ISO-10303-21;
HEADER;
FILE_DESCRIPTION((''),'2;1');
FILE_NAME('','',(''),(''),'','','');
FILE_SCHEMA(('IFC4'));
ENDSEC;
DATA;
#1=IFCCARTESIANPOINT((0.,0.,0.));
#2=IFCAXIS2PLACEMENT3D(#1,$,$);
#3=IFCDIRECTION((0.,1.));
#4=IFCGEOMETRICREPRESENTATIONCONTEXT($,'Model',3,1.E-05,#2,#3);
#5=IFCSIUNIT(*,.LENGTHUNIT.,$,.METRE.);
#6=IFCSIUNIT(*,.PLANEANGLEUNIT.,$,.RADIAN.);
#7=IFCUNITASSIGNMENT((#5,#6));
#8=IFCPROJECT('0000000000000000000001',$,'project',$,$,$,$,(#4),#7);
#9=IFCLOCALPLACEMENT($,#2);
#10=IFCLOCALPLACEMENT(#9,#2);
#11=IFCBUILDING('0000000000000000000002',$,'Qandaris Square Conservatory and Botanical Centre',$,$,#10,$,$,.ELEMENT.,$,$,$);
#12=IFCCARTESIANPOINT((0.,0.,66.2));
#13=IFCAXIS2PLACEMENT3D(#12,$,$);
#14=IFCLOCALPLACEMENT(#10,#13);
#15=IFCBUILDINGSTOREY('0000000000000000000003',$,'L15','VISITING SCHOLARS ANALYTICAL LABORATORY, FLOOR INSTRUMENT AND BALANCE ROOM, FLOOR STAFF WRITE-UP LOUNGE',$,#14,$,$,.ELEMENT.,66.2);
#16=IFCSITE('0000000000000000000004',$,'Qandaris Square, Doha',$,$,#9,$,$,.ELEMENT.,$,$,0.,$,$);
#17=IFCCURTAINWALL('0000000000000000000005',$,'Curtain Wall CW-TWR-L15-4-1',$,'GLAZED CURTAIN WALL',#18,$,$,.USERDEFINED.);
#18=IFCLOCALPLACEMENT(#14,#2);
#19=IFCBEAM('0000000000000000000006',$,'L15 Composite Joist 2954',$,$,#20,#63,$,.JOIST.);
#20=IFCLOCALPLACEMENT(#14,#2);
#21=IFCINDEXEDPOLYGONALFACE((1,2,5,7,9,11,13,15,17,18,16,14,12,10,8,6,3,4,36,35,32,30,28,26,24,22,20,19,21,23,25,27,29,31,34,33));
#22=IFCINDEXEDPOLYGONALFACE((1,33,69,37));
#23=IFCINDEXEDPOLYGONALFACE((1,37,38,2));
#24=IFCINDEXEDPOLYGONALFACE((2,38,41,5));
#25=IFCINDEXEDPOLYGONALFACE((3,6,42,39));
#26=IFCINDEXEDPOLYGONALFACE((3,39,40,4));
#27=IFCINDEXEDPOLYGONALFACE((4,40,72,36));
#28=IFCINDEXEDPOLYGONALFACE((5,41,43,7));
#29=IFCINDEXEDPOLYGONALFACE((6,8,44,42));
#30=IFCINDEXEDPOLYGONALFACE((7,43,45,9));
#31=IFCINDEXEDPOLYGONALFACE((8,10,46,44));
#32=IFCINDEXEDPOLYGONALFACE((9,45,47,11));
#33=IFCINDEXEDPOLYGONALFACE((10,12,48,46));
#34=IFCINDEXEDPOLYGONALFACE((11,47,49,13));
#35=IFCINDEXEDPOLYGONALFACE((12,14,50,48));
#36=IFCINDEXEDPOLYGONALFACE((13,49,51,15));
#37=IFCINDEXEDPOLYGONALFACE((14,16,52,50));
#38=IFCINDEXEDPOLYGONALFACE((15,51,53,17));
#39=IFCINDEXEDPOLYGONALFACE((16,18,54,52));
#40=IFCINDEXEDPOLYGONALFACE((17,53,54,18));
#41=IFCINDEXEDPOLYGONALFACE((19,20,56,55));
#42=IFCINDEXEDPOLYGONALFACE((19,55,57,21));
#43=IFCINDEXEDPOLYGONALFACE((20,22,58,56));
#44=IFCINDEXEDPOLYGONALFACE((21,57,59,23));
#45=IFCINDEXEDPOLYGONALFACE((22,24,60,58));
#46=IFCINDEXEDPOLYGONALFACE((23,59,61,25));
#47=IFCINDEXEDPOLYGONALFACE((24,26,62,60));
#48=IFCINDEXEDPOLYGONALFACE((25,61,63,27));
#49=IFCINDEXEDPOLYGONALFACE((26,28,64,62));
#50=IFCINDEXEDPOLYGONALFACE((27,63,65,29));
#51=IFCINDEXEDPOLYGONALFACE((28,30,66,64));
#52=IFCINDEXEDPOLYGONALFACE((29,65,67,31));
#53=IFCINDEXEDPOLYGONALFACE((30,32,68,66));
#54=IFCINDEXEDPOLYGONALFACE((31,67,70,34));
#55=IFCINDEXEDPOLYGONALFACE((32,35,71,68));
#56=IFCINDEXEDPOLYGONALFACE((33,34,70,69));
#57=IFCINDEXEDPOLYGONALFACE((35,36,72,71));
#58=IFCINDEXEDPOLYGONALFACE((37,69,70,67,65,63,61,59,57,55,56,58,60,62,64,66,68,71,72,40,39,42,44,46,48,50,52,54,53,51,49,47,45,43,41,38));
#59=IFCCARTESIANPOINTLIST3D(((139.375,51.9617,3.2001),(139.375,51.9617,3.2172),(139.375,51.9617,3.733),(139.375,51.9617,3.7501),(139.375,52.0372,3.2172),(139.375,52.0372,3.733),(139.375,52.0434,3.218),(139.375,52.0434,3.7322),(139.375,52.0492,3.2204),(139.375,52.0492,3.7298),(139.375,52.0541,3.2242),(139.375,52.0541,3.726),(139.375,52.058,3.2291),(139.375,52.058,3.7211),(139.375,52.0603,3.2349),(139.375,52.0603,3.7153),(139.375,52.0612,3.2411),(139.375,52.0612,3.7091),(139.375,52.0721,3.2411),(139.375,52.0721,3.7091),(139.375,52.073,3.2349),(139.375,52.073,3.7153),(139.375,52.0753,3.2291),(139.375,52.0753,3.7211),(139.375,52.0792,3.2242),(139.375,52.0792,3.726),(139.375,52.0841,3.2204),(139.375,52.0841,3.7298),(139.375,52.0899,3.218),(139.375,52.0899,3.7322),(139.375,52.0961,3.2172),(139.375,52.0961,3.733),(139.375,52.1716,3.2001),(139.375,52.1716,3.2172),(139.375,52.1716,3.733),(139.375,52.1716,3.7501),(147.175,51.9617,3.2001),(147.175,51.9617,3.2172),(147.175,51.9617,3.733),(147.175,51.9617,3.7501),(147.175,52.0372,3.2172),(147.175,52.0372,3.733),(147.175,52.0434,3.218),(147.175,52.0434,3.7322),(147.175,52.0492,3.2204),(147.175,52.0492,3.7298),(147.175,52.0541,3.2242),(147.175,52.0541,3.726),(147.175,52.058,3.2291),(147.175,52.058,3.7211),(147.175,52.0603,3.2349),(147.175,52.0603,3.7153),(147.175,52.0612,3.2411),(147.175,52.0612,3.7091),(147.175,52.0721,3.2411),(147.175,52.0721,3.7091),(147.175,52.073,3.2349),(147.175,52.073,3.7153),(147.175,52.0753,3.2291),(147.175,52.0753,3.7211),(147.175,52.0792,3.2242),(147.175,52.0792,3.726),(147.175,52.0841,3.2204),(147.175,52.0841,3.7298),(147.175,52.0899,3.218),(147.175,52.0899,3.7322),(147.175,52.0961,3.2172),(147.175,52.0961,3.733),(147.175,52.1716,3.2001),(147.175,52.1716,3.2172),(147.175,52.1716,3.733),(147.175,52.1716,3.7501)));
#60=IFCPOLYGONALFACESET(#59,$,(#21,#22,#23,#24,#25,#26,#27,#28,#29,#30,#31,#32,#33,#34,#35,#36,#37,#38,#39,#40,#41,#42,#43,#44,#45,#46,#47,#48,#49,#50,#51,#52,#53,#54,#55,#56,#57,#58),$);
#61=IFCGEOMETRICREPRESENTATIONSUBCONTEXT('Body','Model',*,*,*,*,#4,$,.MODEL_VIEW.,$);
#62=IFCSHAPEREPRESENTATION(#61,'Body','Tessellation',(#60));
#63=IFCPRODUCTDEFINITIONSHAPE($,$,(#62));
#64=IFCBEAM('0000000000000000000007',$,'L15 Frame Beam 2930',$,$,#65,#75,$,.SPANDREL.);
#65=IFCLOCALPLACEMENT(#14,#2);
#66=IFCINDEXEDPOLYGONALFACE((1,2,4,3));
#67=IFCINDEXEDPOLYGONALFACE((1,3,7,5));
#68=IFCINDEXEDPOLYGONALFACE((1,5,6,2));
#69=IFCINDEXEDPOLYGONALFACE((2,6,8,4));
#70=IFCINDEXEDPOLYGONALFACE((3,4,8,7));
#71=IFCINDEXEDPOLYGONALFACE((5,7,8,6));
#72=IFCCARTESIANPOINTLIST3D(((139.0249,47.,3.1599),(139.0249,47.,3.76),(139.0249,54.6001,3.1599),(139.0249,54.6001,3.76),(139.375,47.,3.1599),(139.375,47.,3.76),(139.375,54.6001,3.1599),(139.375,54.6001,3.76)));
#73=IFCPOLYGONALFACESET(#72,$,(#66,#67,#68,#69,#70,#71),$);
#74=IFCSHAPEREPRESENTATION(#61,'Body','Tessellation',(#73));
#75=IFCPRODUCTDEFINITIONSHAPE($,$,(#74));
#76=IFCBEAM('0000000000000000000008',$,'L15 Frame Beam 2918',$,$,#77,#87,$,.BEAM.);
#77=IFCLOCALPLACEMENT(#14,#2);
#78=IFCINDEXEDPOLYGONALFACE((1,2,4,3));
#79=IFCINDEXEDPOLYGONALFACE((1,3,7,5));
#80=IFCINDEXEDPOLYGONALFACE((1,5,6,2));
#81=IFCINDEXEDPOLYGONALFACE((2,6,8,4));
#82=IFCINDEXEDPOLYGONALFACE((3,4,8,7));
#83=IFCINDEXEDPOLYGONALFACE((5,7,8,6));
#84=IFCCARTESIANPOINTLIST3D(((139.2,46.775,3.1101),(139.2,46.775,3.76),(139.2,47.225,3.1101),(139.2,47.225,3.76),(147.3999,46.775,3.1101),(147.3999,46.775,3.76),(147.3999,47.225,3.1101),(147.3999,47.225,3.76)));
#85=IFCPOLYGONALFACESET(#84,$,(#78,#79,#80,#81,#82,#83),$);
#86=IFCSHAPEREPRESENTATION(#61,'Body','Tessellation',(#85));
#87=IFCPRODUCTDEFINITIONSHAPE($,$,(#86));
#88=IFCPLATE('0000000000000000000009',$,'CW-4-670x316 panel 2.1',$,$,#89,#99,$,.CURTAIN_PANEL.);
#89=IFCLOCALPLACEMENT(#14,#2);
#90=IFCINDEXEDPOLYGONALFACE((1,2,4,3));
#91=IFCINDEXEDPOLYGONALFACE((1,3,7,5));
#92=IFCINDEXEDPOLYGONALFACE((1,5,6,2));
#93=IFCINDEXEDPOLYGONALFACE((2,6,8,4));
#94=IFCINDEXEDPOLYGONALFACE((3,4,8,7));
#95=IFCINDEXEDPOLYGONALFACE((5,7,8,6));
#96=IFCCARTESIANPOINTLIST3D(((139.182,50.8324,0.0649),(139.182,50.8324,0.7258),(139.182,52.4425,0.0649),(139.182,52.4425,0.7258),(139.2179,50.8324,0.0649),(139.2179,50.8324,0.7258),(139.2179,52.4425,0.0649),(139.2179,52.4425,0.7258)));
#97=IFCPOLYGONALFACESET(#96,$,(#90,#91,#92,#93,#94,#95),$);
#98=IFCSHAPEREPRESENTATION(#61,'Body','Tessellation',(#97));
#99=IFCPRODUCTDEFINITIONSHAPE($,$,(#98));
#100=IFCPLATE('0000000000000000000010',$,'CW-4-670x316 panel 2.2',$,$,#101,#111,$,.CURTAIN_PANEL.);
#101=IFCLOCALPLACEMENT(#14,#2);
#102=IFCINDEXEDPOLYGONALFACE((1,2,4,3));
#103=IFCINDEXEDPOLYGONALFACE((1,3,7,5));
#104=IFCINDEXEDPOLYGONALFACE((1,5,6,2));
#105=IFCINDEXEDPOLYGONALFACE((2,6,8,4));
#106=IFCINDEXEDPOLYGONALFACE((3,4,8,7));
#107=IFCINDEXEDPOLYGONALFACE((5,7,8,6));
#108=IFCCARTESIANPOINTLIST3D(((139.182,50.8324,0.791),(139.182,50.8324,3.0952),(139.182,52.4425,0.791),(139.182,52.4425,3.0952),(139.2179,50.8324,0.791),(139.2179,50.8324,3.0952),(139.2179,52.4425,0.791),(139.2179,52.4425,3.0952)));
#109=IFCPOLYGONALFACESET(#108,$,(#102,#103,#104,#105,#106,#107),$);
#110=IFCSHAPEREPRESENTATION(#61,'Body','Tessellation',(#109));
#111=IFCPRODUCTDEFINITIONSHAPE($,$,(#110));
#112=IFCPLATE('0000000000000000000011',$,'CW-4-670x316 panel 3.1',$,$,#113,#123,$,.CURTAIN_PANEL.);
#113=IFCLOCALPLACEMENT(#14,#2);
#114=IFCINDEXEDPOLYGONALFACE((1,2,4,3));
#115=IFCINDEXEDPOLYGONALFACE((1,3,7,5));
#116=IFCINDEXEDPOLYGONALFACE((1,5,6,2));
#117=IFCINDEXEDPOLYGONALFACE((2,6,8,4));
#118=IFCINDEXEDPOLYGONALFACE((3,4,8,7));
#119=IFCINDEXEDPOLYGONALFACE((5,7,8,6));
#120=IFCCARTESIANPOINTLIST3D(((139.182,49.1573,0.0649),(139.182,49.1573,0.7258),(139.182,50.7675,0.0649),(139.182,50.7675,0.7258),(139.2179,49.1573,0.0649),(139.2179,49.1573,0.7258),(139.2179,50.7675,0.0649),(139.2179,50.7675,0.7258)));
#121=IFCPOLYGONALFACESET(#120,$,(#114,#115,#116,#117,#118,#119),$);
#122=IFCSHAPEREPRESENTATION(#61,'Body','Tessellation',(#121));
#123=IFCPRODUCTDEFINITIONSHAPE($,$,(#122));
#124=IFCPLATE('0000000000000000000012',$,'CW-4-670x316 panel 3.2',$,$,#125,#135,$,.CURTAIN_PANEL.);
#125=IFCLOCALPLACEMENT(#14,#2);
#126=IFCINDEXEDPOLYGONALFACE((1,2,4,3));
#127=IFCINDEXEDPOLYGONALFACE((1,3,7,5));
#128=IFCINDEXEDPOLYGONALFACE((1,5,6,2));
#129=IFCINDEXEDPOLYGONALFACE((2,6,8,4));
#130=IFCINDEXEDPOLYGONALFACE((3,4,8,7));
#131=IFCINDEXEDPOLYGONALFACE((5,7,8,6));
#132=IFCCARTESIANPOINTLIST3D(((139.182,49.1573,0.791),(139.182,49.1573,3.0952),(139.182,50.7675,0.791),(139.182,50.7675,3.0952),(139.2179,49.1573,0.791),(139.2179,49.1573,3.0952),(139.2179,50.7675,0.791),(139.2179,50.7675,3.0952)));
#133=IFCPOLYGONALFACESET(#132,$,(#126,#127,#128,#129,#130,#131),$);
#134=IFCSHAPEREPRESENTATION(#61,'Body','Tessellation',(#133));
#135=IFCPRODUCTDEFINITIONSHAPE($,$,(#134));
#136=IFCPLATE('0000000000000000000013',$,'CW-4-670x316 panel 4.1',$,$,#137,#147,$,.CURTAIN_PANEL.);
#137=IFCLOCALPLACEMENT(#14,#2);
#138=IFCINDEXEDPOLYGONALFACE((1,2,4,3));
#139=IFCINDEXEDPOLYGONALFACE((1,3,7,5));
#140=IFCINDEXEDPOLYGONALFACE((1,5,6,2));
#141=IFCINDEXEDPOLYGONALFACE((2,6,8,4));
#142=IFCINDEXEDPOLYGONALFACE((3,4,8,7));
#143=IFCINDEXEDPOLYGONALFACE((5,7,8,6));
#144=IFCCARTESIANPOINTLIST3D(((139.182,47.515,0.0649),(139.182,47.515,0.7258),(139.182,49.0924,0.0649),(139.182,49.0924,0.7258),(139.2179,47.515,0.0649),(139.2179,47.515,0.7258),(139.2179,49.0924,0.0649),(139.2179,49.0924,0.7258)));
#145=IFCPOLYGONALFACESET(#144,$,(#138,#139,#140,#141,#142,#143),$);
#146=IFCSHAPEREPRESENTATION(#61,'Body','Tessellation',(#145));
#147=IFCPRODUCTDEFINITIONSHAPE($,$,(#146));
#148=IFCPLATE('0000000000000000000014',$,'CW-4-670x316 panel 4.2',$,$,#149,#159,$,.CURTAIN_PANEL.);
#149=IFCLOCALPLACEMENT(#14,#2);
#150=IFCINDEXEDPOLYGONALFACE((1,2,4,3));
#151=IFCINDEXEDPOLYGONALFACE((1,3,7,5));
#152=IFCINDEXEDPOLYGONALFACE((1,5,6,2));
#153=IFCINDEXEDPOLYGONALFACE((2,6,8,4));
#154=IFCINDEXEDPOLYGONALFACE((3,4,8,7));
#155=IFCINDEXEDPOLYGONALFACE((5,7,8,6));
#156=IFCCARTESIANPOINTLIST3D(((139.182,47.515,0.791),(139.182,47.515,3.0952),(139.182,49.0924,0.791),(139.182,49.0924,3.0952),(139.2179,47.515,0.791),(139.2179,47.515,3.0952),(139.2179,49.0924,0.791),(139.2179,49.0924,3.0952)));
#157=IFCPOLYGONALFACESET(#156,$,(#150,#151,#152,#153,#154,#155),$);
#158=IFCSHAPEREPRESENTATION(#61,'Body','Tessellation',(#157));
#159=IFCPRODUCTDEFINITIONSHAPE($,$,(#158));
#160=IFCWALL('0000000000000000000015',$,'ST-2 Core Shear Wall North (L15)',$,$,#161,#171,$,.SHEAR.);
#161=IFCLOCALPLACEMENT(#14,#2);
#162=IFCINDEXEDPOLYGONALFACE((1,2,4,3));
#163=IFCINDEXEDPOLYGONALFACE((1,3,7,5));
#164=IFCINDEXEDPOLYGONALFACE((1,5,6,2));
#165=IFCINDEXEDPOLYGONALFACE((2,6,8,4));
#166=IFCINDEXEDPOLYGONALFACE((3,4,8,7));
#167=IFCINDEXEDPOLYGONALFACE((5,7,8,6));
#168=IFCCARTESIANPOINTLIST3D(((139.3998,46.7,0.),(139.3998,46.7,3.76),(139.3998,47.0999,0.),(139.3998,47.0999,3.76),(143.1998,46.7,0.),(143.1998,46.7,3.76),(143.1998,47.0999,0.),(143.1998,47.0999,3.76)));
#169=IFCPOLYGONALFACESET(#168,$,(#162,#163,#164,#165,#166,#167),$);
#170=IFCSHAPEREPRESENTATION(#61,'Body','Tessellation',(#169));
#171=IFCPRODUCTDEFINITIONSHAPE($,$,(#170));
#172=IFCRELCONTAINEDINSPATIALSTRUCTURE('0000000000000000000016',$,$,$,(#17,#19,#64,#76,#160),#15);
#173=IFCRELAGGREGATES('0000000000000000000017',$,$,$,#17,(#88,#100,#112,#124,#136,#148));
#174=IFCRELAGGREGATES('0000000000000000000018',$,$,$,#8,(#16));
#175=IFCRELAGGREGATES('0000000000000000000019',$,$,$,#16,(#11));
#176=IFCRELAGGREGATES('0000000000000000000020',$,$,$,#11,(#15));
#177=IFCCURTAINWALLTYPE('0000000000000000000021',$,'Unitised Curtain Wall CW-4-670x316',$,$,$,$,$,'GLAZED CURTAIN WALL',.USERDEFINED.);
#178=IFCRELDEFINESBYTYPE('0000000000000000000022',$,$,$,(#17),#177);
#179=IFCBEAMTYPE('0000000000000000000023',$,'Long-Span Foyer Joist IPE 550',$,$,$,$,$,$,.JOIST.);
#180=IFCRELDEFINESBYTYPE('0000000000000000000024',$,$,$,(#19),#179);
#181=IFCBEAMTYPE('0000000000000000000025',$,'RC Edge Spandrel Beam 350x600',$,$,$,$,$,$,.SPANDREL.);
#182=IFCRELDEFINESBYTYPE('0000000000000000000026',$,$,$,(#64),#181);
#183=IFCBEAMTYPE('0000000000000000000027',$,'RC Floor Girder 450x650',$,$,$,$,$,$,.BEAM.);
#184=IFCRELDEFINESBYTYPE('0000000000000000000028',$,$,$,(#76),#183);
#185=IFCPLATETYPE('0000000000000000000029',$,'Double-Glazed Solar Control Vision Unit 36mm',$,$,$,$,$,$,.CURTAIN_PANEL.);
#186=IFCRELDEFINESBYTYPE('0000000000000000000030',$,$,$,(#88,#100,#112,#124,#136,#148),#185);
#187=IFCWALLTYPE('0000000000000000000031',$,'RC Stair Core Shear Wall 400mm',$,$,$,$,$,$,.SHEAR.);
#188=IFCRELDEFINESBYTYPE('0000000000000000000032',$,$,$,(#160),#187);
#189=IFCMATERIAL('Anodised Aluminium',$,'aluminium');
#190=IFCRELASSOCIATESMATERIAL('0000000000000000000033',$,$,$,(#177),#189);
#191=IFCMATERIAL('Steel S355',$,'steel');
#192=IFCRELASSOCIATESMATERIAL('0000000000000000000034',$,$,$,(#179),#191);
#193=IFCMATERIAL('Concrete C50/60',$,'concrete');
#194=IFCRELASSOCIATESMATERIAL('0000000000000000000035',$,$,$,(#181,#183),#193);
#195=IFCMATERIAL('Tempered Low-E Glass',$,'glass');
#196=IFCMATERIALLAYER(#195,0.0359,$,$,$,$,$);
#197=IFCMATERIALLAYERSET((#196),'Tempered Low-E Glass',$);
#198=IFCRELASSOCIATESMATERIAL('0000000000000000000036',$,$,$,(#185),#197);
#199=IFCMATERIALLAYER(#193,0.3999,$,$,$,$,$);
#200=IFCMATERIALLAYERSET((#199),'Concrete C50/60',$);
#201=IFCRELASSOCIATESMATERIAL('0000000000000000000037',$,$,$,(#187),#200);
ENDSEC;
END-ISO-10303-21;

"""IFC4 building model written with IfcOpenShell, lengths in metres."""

from ifc_helpers import new_model, si_unit, direction, frame, frame_2d, origin, origin_2d, place, context, subcontext, project, spatial, rectangle, i_section, extrude, material, layer, layer_set, material_profile, profile_set, type_object, element, aggregate, save


model = new_model("IFC4")

# Units and contexts
model_context = context("Model", 3, precision=1e-05, world=origin(), true_north=direction((0.0, 1.0)))
body_context = subcontext(model_context, "Body", "Model", "MODEL_VIEW")
ifc_project = project(units=[si_unit("LENGTHUNIT", "METRE"), si_unit("PLANEANGLEUNIT", "RADIAN")], contexts=[model_context])

# Site, building, storey
site_placement = place(None, origin())
site = spatial("IfcSite", under=ifc_project, at=site_placement, Name="Qandaris Square, Doha", CompositionType="ELEMENT", RefElevation=0.0)
building_placement = place(site_placement, origin())
building = spatial("IfcBuilding", under=site, at=building_placement, Name="Qandaris Square Conservatory and Botanical Centre", CompositionType="ELEMENT")
storey_placement = place(building_placement, frame((0.0, 0.0, 66.2)))
storey = spatial("IfcBuildingStorey", under=building, at=storey_placement, Name="L15", Description="VISITING SCHOLARS ANALYTICAL LABORATORY, FLOOR INSTRUMENT AND BALANCE ROOM, FLOOR STAFF WRITE-UP LOUNGE", CompositionType="ELEMENT", Elevation=66.2)

# Shared definitions
ifc_material_1 = material(Name="Steel S355", Category="steel")

# Curtain wall
ifc_material_2 = material(Name="Anodised Aluminium", Category="aluminium")
curtain_wall_type = type_object("IfcCurtainWallType", Name="Unitised Curtain Wall CW-4-670x316", ElementType="GLAZED CURTAIN WALL", PredefinedType="USERDEFINED", material=ifc_material_2)
curtain_wall_placement = place(storey_placement, origin())
curtain_wall = element("IfcCurtainWall", 1, at=curtain_wall_placement, inside=storey, type_object=curtain_wall_type, Name="Curtain Wall CW-TWR-L15-4-1", ObjectType="GLAZED CURTAIN WALL", PredefinedType="USERDEFINED")

# Beams
ifc_material_profile_1 = material_profile(ifc_material_1, i_section(OverallWidth=0.21, OverallDepth=0.55, WebThickness=0.011, FlangeThickness=0.0171, FilletRadius=0.0239, at=origin_2d()), Name="IPE 550")
ifc_profile_set_1 = profile_set([ifc_material_profile_1], Name="Steel S355")
beam_type_1 = type_object("IfcBeamType", Name="Long-Span Foyer Joist IPE 550", PredefinedType="JOIST", material=ifc_profile_set_1)
beam_1_placement = place(storey_placement, frame((139.375, 52.0667, 3.4751), z_axis=(1.0, 0.0, 0.0), x_axis=(0.0, 1.0, 0.0)))
element("IfcBeam", 2, at=beam_1_placement, inside=storey, type_object=beam_type_1, Name="L15 Composite Joist 2954", PredefinedType="JOIST", context=body_context, shape_type="SweptSolid", body=[
    extrude(i_section(OverallWidth=0.21, OverallDepth=0.55, WebThickness=0.011, FlangeThickness=0.0171, FilletRadius=0.0239, at=origin_2d()), origin(), (0.0, 0.0, 1.0), 7.8),
])
ifc_material_3 = material(Name="Concrete C50/60", Category="concrete")
ifc_material_profile_2 = material_profile(ifc_material_3, rectangle(XDim=0.3501, YDim=0.6001, at=origin_2d()), Name="RC-SP 350x600")
ifc_profile_set_2 = profile_set([ifc_material_profile_2], Name="Concrete C50/60")
beam_type_2 = type_object("IfcBeamType", Name="RC Edge Spandrel Beam 350x600", PredefinedType="SPANDREL", material=ifc_profile_set_2)
beam_2_placement = place(storey_placement, frame((139.2, 47.0, 3.46), z_axis=(0.0, 1.0, 0.0), x_axis=(-1.0, 0.0, 0.0)))
element("IfcBeam", 3, at=beam_2_placement, inside=storey, type_object=beam_type_2, Name="L15 Frame Beam 2930", PredefinedType="SPANDREL", context=body_context, shape_type="SweptSolid", body=[
    extrude(rectangle(XDim=0.3501, YDim=0.6001, at=origin_2d()), origin(), (0.0, 0.0, 1.0), 7.6001),
])
ifc_material_profile_3 = material_profile(ifc_material_3, rectangle(XDim=0.45, YDim=0.6499, at=origin_2d()), Name="RC-BM 450x650")
ifc_profile_set_3 = profile_set([ifc_material_profile_3], Name="Concrete C50/60")
beam_type_3 = type_object("IfcBeamType", Name="RC Floor Girder 450x650", PredefinedType="BEAM", material=ifc_profile_set_3)
beam_3_placement = place(storey_placement, frame((139.2, 47.0, 3.4351), z_axis=(1.0, 0.0, 0.0), x_axis=(0.0, 1.0, 0.0)))
element("IfcBeam", 4, at=beam_3_placement, inside=storey, type_object=beam_type_3, Name="L15 Frame Beam 2918", PredefinedType="BEAM", context=body_context, shape_type="SweptSolid", body=[
    extrude(rectangle(XDim=0.45, YDim=0.6499, at=origin_2d()), origin(), (0.0, 0.0, 1.0), 8.2),
])

# Plates
ifc_material_4 = material(Name="Tempered Low-E Glass", Category="glass")
ifc_layer_1 = layer(ifc_material_4, 0.0359)
ifc_layer_set_1 = layer_set([ifc_layer_1], Name="Tempered Low-E Glass")
plate_type = type_object("IfcPlateType", Name="Double-Glazed Solar Control Vision Unit 36mm", PredefinedType="CURTAIN_PANEL", material=ifc_layer_set_1)
plate_1_placement = place(storey_placement, frame((139.2, 51.6375, 0.0649), z_axis=(0.0, 0.0, 1.0), x_axis=(0.0, -1.0, 0.0)))
plate_1 = element("IfcPlate", 5, at=plate_1_placement, type_object=plate_type, Name="CW-4-670x316 panel 2.1", PredefinedType="CURTAIN_PANEL", context=body_context, shape_type="SweptSolid", body=[
    extrude(rectangle(XDim=1.6101, YDim=0.0359, at=origin_2d()), origin(), (0.0, 0.0, 1.0), 0.6609),
])
plate_2_placement = place(storey_placement, frame((139.2, 51.6375, 0.791), z_axis=(0.0, 0.0, 1.0), x_axis=(0.0, -1.0, 0.0)))
plate_2 = element("IfcPlate", 6, at=plate_2_placement, type_object=plate_type, Name="CW-4-670x316 panel 2.2", PredefinedType="CURTAIN_PANEL", context=body_context, shape_type="SweptSolid", body=[
    extrude(rectangle(XDim=1.6101, YDim=0.0359, at=origin_2d()), origin(), (0.0, 0.0, 1.0), 2.3042),
])
plate_3_placement = place(storey_placement, frame((139.2, 49.9624, 0.0649), z_axis=(0.0, 0.0, 1.0), x_axis=(0.0, -1.0, 0.0)))
plate_3 = element("IfcPlate", 7, at=plate_3_placement, type_object=plate_type, Name="CW-4-670x316 panel 3.1", PredefinedType="CURTAIN_PANEL", context=body_context, shape_type="SweptSolid", body=[
    extrude(rectangle(XDim=1.6101, YDim=0.0359, at=origin_2d()), origin(), (0.0, 0.0, 1.0), 0.6609),
])
plate_4_placement = place(storey_placement, frame((139.2, 49.9624, 0.791), z_axis=(0.0, 0.0, 1.0), x_axis=(0.0, -1.0, 0.0)))
plate_4 = element("IfcPlate", 8, at=plate_4_placement, type_object=plate_type, Name="CW-4-670x316 panel 3.2", PredefinedType="CURTAIN_PANEL", context=body_context, shape_type="SweptSolid", body=[
    extrude(rectangle(XDim=1.6101, YDim=0.0359, at=origin_2d()), origin(), (0.0, 0.0, 1.0), 2.3042),
])
plate_5_placement = place(storey_placement, frame((139.2, 48.3037, 0.0649), z_axis=(0.0, 0.0, 1.0), x_axis=(0.0, -1.0, 0.0)))
plate_5 = element("IfcPlate", 9, at=plate_5_placement, type_object=plate_type, Name="CW-4-670x316 panel 4.1", PredefinedType="CURTAIN_PANEL", context=body_context, shape_type="SweptSolid", body=[
    extrude(rectangle(XDim=1.5774, YDim=0.0359, at=origin_2d()), origin(), (0.0, 0.0, 1.0), 0.6609),
])
plate_6_placement = place(storey_placement, frame((139.2, 48.3037, 0.791), z_axis=(0.0, 0.0, 1.0), x_axis=(0.0, -1.0, 0.0)))
plate_6 = element("IfcPlate", 10, at=plate_6_placement, type_object=plate_type, Name="CW-4-670x316 panel 4.2", PredefinedType="CURTAIN_PANEL", context=body_context, shape_type="SweptSolid", body=[
    extrude(rectangle(XDim=1.5774, YDim=0.0359, at=origin_2d()), origin(), (0.0, 0.0, 1.0), 2.3042),
])
aggregate(curtain_wall, [plate_1, plate_2, plate_3, plate_4, plate_5, plate_6])

# Wall
ifc_layer_2 = layer(ifc_material_3, 0.3999)
ifc_layer_set_2 = layer_set([ifc_layer_2], Name="Concrete C50/60")
wall_type_1 = type_object("IfcWallType", Name="RC Stair Core Shear Wall 400mm", PredefinedType="SHEAR", material=ifc_layer_set_2)
wall_1_placement = place(storey_placement, frame((139.3999, 46.8999, 0.0), z_axis=(0.0, 0.0, 1.0), x_axis=(1.0, 0.0, 0.0)))
element("IfcWall", 11, at=wall_1_placement, inside=storey, type_object=wall_type_1, Name="ST-2 Core Shear Wall North (L15)", PredefinedType="SHEAR", context=body_context, shape_type="SweptSolid", body=[
    extrude(rectangle(XDim=3.8, YDim=0.3999, at=frame_2d((1.8999, 0.0))), origin(), (0.0, 0.0, 1.0), 3.76),
])

save(model, "model.ifc")
